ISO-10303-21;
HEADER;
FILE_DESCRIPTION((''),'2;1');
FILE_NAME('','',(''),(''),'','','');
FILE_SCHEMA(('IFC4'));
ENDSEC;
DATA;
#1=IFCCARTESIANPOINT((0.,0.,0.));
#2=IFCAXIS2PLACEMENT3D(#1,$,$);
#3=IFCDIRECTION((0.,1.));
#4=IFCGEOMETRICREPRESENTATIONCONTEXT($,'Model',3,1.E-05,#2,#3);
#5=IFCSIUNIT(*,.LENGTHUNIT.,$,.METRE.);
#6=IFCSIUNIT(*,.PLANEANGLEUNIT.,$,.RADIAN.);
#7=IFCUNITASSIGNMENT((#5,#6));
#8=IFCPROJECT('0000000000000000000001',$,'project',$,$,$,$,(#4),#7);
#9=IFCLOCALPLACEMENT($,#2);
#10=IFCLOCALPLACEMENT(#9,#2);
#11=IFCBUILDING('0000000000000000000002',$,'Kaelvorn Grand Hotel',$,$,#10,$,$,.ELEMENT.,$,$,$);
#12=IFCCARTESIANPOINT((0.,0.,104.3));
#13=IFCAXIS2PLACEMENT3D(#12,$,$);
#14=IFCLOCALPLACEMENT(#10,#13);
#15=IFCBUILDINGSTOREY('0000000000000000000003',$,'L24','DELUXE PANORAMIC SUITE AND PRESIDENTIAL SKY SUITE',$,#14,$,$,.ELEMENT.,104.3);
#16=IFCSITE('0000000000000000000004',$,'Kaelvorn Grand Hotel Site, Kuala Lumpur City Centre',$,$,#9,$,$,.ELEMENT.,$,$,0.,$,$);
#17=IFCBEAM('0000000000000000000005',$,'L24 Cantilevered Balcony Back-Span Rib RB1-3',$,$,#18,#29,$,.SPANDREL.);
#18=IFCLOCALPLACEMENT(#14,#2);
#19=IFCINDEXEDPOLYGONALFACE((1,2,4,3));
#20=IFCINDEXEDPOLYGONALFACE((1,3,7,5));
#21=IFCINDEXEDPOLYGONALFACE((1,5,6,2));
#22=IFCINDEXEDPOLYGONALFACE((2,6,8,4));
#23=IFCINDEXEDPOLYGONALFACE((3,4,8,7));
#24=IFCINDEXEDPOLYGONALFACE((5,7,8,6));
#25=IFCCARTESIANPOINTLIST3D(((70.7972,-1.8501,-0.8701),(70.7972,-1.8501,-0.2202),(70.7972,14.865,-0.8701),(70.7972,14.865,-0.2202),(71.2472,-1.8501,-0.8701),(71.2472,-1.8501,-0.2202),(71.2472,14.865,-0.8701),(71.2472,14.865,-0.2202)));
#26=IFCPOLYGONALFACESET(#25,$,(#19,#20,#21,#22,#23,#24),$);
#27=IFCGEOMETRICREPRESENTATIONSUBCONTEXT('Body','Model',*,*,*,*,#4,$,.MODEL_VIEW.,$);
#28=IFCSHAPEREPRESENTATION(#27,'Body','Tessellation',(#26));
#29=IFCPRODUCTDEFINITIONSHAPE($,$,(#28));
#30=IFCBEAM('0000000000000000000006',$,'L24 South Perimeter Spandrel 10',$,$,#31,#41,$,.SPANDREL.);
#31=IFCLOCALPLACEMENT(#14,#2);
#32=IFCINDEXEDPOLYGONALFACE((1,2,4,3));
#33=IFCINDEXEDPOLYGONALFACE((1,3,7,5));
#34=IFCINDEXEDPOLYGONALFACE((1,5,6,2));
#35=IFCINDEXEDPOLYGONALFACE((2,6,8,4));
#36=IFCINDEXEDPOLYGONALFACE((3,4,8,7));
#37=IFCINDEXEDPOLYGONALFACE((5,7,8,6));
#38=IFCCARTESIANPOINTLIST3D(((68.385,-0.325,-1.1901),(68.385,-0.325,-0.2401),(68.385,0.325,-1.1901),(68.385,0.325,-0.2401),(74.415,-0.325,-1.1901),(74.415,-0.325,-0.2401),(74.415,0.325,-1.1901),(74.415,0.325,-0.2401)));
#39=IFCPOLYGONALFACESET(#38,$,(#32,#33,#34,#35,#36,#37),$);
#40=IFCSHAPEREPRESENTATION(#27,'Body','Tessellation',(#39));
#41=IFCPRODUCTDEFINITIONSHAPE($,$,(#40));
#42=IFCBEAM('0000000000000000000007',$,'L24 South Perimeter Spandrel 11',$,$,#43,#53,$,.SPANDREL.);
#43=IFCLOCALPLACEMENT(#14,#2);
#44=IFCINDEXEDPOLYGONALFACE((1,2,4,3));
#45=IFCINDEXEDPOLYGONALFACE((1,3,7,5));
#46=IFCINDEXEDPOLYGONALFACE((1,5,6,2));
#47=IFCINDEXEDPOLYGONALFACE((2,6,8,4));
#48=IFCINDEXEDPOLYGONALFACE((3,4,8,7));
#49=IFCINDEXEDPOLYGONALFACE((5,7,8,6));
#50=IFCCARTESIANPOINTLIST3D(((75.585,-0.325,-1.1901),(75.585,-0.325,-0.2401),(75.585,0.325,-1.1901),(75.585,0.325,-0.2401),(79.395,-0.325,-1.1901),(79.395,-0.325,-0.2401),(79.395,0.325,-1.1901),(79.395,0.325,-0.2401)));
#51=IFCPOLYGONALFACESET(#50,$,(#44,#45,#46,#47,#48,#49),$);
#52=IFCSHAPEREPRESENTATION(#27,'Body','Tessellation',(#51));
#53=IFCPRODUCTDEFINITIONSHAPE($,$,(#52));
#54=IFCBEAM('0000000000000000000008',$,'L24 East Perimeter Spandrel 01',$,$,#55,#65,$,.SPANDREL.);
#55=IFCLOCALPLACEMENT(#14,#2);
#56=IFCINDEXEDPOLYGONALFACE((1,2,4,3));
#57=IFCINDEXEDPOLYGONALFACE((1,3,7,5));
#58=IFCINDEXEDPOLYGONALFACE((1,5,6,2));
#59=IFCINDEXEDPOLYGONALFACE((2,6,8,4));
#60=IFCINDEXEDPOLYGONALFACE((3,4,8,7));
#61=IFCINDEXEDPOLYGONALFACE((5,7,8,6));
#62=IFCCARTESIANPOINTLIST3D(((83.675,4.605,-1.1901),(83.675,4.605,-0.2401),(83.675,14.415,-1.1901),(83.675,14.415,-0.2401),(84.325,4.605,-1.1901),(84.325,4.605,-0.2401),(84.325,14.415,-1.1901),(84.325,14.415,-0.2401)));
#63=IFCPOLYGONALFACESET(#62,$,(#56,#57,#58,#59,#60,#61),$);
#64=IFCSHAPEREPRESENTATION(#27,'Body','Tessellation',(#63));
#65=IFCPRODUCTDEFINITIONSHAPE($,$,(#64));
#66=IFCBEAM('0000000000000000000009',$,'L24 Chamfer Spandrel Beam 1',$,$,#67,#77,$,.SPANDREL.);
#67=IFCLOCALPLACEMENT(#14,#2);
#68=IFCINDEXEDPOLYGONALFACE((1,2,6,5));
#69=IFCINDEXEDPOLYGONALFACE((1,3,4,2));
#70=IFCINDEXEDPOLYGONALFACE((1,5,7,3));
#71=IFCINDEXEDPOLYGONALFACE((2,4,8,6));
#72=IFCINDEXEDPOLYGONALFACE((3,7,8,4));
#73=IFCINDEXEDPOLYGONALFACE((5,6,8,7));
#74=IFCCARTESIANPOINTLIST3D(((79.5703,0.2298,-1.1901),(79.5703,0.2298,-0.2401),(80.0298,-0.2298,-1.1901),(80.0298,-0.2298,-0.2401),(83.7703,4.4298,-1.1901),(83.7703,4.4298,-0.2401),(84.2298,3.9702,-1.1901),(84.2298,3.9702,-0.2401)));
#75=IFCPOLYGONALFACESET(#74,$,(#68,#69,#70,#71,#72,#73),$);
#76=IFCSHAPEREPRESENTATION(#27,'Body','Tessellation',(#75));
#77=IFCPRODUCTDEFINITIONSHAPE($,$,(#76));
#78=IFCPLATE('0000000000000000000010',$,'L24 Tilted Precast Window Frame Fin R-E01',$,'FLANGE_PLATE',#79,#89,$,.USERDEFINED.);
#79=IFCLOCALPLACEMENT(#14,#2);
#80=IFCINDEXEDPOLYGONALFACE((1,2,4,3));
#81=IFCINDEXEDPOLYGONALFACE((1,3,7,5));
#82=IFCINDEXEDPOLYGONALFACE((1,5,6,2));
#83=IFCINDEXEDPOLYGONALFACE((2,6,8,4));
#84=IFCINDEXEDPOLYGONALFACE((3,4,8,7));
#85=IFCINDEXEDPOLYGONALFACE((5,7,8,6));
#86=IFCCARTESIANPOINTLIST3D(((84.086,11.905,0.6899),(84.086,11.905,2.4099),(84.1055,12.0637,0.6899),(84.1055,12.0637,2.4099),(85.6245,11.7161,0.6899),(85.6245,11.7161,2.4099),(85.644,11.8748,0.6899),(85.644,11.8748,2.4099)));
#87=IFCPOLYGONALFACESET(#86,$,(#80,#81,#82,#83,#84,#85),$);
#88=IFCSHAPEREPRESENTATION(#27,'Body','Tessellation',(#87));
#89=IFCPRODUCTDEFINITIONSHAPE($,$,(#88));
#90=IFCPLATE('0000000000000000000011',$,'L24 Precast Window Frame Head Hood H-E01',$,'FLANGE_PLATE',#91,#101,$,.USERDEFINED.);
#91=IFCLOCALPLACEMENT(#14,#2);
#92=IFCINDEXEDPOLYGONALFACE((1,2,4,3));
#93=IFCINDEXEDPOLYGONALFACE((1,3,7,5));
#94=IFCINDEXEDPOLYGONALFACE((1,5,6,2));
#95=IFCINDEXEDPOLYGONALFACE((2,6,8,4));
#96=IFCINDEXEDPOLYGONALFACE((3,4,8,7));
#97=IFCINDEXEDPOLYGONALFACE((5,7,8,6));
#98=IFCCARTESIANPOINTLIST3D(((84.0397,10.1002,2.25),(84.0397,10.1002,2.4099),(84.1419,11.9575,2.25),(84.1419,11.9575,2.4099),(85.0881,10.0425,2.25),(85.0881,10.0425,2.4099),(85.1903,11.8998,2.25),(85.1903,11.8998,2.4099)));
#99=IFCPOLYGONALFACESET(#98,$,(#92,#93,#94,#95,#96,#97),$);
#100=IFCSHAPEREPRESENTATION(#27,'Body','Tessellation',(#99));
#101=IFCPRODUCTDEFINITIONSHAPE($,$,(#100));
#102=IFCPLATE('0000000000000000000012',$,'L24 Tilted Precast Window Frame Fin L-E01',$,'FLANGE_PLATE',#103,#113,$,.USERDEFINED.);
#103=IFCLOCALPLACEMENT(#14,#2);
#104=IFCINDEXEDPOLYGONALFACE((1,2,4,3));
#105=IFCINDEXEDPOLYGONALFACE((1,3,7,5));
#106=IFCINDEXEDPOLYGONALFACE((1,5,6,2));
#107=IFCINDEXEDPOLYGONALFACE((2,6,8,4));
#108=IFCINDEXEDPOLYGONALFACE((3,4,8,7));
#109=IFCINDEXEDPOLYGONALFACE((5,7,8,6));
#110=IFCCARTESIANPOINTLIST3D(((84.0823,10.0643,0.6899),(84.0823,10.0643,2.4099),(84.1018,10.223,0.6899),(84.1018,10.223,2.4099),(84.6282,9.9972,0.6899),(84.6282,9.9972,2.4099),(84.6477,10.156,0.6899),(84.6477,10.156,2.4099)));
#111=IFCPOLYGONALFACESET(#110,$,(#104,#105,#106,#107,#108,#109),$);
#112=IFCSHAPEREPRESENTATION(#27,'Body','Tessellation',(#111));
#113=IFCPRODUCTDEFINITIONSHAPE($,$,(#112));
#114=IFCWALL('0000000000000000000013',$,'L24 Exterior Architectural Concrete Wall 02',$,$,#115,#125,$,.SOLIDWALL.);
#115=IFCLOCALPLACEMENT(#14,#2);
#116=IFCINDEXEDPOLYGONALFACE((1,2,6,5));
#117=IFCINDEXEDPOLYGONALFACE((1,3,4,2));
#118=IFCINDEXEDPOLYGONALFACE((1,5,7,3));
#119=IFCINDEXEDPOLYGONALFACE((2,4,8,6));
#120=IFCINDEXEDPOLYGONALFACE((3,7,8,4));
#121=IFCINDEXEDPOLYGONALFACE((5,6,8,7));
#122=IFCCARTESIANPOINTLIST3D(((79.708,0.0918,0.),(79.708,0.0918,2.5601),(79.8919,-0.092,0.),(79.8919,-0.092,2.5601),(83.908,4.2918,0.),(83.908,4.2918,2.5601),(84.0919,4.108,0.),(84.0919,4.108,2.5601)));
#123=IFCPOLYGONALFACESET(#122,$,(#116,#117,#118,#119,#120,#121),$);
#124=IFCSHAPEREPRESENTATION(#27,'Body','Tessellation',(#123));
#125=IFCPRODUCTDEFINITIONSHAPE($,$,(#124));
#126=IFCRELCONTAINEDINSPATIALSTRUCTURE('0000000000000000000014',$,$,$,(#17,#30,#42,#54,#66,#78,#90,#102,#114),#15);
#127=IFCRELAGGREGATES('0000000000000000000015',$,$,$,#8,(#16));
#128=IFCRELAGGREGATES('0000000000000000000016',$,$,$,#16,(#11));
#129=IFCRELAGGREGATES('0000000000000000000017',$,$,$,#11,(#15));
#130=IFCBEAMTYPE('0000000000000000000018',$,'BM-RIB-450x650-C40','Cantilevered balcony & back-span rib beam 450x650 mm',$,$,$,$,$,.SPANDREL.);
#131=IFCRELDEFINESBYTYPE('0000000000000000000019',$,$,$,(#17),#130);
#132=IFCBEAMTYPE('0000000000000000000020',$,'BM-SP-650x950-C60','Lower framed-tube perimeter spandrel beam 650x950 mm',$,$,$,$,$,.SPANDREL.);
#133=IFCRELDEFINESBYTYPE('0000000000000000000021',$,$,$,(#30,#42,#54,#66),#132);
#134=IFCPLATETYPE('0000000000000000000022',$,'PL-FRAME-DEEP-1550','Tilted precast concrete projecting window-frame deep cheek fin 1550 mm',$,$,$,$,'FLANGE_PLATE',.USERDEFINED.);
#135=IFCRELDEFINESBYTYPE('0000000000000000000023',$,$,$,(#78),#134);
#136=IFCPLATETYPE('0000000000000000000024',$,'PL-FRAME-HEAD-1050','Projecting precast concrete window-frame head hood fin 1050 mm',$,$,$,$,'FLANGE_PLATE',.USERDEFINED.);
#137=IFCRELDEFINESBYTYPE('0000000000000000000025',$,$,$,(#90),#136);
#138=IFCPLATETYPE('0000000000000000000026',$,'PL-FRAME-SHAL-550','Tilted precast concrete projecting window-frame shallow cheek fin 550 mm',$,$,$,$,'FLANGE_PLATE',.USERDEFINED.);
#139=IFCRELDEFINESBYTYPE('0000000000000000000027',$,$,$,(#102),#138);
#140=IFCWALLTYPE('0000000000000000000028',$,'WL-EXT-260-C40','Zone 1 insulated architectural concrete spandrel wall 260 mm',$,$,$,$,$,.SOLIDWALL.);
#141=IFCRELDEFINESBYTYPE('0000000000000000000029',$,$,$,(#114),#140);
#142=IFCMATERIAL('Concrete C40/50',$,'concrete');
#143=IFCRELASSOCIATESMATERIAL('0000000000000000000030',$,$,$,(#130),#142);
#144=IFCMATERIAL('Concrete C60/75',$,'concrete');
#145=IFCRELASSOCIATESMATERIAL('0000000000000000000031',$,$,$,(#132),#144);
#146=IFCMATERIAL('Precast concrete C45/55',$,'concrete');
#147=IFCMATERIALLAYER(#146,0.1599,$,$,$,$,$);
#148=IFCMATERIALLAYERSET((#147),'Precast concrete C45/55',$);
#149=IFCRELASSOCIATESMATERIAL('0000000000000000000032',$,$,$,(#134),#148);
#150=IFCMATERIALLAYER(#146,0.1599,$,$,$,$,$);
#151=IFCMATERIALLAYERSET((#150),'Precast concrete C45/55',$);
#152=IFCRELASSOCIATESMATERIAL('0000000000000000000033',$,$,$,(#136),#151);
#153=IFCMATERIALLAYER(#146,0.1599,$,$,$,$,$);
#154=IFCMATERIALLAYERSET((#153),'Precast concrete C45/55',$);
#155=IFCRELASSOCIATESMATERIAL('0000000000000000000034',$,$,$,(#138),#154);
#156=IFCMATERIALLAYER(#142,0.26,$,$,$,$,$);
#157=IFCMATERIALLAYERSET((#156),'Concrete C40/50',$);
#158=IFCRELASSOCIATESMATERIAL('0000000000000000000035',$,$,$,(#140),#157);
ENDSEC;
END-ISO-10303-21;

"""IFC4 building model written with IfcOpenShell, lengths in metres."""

from ifc_helpers import new_model, si_unit, direction, frame, frame_2d, origin, origin_2d, place, context, subcontext, project, spatial, rectangle, extrude, material, layer, layer_set, material_profile, profile_set, type_object, element, save


model = new_model("IFC4")

# Units and contexts
model_context = context("Model", 3, precision=1e-05, world=origin(), true_north=direction((0.0, 1.0)))
body_context = subcontext(model_context, "Body", "Model", "MODEL_VIEW")
ifc_project = project(units=[si_unit("LENGTHUNIT", "METRE"), si_unit("PLANEANGLEUNIT", "RADIAN")], contexts=[model_context])

# Site, building, storey
site_placement = place(None, origin())
site = spatial("IfcSite", under=ifc_project, at=site_placement, Name="Kaelvorn Grand Hotel Site, Kuala Lumpur City Centre", CompositionType="ELEMENT", RefElevation=0.0)
building_placement = place(site_placement, origin())
building = spatial("IfcBuilding", under=site, at=building_placement, Name="Kaelvorn Grand Hotel", CompositionType="ELEMENT")
storey_placement = place(building_placement, frame((0.0, 0.0, 104.3)))
storey = spatial("IfcBuildingStorey", under=building, at=storey_placement, Name="L24", Description="DELUXE PANORAMIC SUITE AND PRESIDENTIAL SKY SUITE", CompositionType="ELEMENT", Elevation=104.3)

# Shared definitions
ifc_material_1 = material(Name="Concrete C60/75", Category="concrete")

# Beams
ifc_material_2 = material(Name="Concrete C40/50", Category="concrete")
ifc_material_profile_1 = material_profile(ifc_material_2, rectangle(XDim=0.45, YDim=0.6499, at=origin_2d()), Name="RC RIB 450x650")
ifc_profile_set_1 = profile_set([ifc_material_profile_1], Name="Concrete C40/50")
beam_type_1 = type_object("IfcBeamType", Name="BM-RIB-450x650-C40", Description="Cantilevered balcony & back-span rib beam 450x650 mm", PredefinedType="SPANDREL", material=ifc_profile_set_1)
beam_1_placement = place(storey_placement, frame((71.0222, -1.8501, -0.5452), z_axis=(0.0, 1.0, 0.0), x_axis=(-1.0, 0.0, 0.0)))
element("IfcBeam", 1, at=beam_1_placement, inside=storey, type_object=beam_type_1, Name="L24 Cantilevered Balcony Back-Span Rib RB1-3", PredefinedType="SPANDREL", context=body_context, shape_type="SweptSolid", body=[
    extrude(rectangle(XDim=0.45, YDim=0.6499, at=origin_2d()), origin(), (0.0, 0.0, 1.0), 16.7151),
])
ifc_material_profile_2 = material_profile(ifc_material_1, rectangle(XDim=0.6499, YDim=0.95, at=origin_2d()), Name="RC SPANDREL 650x950")
ifc_profile_set_2 = profile_set([ifc_material_profile_2], Name="Concrete C60/75")
beam_type_2 = type_object("IfcBeamType", Name="BM-SP-650x950-C60", Description="Lower framed-tube perimeter spandrel beam 650x950 mm", PredefinedType="SPANDREL", material=ifc_profile_set_2)
beam_2_placement = place(storey_placement, frame((68.385, 0.0, -0.7151), z_axis=(1.0, 0.0, 0.0), x_axis=(0.0, 1.0, 0.0)))
element("IfcBeam", 2, at=beam_2_placement, inside=storey, type_object=beam_type_2, Name="L24 South Perimeter Spandrel 10", PredefinedType="SPANDREL", context=body_context, shape_type="SweptSolid", body=[
    extrude(rectangle(XDim=0.6499, YDim=0.95, at=origin_2d()), origin(), (0.0, 0.0, 1.0), 6.03),
])
beam_3_placement = place(storey_placement, frame((75.585, 0.0, -0.7151), z_axis=(1.0, 0.0, 0.0), x_axis=(0.0, 1.0, 0.0)))
element("IfcBeam", 3, at=beam_3_placement, inside=storey, type_object=beam_type_2, Name="L24 South Perimeter Spandrel 11", PredefinedType="SPANDREL", context=body_context, shape_type="SweptSolid", body=[
    extrude(rectangle(XDim=0.6499, YDim=0.95, at=origin_2d()), origin(), (0.0, 0.0, 1.0), 3.8101),
])
beam_4_placement = place(storey_placement, frame((84.0, 4.605, -0.7151), z_axis=(0.0, 1.0, 0.0), x_axis=(-1.0, 0.0, 0.0)))
element("IfcBeam", 4, at=beam_4_placement, inside=storey, type_object=beam_type_2, Name="L24 East Perimeter Spandrel 01", PredefinedType="SPANDREL", context=body_context, shape_type="SweptSolid", body=[
    extrude(rectangle(XDim=0.6499, YDim=0.95, at=origin_2d()), origin(), (0.0, 0.0, 1.0), 9.8101),
])
beam_5_placement = place(storey_placement, frame((79.8, 0.0, -0.7151), z_axis=(0.707107, 0.707107, 0.0), x_axis=(-0.707107, 0.707107, 0.0)))
element("IfcBeam", 5, at=beam_5_placement, inside=storey, type_object=beam_type_2, Name="L24 Chamfer Spandrel Beam 1", PredefinedType="SPANDREL", context=body_context, shape_type="SweptSolid", body=[
    extrude(rectangle(XDim=0.6499, YDim=0.95, at=origin_2d()), origin(), (0.0, 0.0, 1.0), 5.9397),
])

# Plates
ifc_material_3 = material(Name="Precast concrete C45/55", Category="concrete")
ifc_layer_1 = layer(ifc_material_3, 0.1599)
ifc_layer_set_1 = layer_set([ifc_layer_1], Name="Precast concrete C45/55")
plate_type_1 = type_object("IfcPlateType", Name="PL-FRAME-DEEP-1550", Description="Tilted precast concrete projecting window-frame deep cheek fin 1550 mm", ElementType="FLANGE_PLATE", PredefinedType="USERDEFINED", material=ifc_layer_set_1)
plate_1_placement = place(storey_placement, frame((84.865, 11.8899, 0.6899), z_axis=(0.0, 0.0, 1.0), x_axis=(0.121869, 0.992546, 0.0)))
element("IfcPlate", 6, at=plate_1_placement, inside=storey, type_object=plate_type_1, Name="L24 Tilted Precast Window Frame Fin R-E01", ObjectType="FLANGE_PLATE", PredefinedType="USERDEFINED", context=body_context, shape_type="SweptSolid", body=[
    extrude(rectangle(XDim=0.1599, YDim=1.55, at=origin_2d()), origin(), (0.0, 0.0, 1.0), 1.72),
])
ifc_layer_2 = layer(ifc_material_3, 0.1599)
ifc_layer_set_2 = layer_set([ifc_layer_2], Name="Precast concrete C45/55")
plate_type_2 = type_object("IfcPlateType", Name="PL-FRAME-HEAD-1050", Description="Projecting precast concrete window-frame head hood fin 1050 mm", ElementType="FLANGE_PLATE", PredefinedType="USERDEFINED", material=ifc_layer_set_2)
plate_2_placement = place(storey_placement, frame((84.615, 11.0, 2.25), z_axis=(0.0, 0.0, 1.0), x_axis=(0.05495, 0.998489, 0.0)))
element("IfcPlate", 7, at=plate_2_placement, inside=storey, type_object=plate_type_2, Name="L24 Precast Window Frame Head Hood H-E01", ObjectType="FLANGE_PLATE", PredefinedType="USERDEFINED", context=body_context, shape_type="SweptSolid", body=[
    extrude(rectangle(XDim=1.8601, YDim=1.05, at=origin_2d()), origin(), (0.0, 0.0, 1.0), 0.1599),
])
ifc_layer_3 = layer(ifc_material_3, 0.1599)
ifc_layer_set_3 = layer_set([ifc_layer_3], Name="Precast concrete C45/55")
plate_type_3 = type_object("IfcPlateType", Name="PL-FRAME-SHAL-550", Description="Tilted precast concrete projecting window-frame shallow cheek fin 550 mm", ElementType="FLANGE_PLATE", PredefinedType="USERDEFINED", material=ifc_layer_set_3)
plate_3_placement = place(storey_placement, frame((84.365, 10.1101, 0.6899), z_axis=(0.0, 0.0, 1.0), x_axis=(0.121869, 0.992546, 0.0)))
element("IfcPlate", 8, at=plate_3_placement, inside=storey, type_object=plate_type_3, Name="L24 Tilted Precast Window Frame Fin L-E01", ObjectType="FLANGE_PLATE", PredefinedType="USERDEFINED", context=body_context, shape_type="SweptSolid", body=[
    extrude(rectangle(XDim=0.1599, YDim=0.55, at=origin_2d()), origin(), (0.0, 0.0, 1.0), 1.72),
])

# Wall
ifc_layer_4 = layer(ifc_material_2, 0.26)
ifc_layer_set_4 = layer_set([ifc_layer_4], Name="Concrete C40/50")
wall_type_1 = type_object("IfcWallType", Name="WL-EXT-260-C40", Description="Zone 1 insulated architectural concrete spandrel wall 260 mm", PredefinedType="SOLIDWALL", material=ifc_layer_set_4)
wall_1_placement = place(storey_placement, frame((79.8, 0.0, 0.0), z_axis=(0.0, 0.0, 1.0), x_axis=(0.707107, 0.707107, 0.0)))
element("IfcWall", 9, at=wall_1_placement, inside=storey, type_object=wall_type_1, Name="L24 Exterior Architectural Concrete Wall 02", PredefinedType="SOLIDWALL", context=body_context, shape_type="SweptSolid", body=[
    extrude(rectangle(XDim=5.9397, YDim=0.26, at=frame_2d((2.9697, 0.0))), origin(), (0.0, 0.0, 1.0), 2.5601),
])

save(model, "model.ifc")
